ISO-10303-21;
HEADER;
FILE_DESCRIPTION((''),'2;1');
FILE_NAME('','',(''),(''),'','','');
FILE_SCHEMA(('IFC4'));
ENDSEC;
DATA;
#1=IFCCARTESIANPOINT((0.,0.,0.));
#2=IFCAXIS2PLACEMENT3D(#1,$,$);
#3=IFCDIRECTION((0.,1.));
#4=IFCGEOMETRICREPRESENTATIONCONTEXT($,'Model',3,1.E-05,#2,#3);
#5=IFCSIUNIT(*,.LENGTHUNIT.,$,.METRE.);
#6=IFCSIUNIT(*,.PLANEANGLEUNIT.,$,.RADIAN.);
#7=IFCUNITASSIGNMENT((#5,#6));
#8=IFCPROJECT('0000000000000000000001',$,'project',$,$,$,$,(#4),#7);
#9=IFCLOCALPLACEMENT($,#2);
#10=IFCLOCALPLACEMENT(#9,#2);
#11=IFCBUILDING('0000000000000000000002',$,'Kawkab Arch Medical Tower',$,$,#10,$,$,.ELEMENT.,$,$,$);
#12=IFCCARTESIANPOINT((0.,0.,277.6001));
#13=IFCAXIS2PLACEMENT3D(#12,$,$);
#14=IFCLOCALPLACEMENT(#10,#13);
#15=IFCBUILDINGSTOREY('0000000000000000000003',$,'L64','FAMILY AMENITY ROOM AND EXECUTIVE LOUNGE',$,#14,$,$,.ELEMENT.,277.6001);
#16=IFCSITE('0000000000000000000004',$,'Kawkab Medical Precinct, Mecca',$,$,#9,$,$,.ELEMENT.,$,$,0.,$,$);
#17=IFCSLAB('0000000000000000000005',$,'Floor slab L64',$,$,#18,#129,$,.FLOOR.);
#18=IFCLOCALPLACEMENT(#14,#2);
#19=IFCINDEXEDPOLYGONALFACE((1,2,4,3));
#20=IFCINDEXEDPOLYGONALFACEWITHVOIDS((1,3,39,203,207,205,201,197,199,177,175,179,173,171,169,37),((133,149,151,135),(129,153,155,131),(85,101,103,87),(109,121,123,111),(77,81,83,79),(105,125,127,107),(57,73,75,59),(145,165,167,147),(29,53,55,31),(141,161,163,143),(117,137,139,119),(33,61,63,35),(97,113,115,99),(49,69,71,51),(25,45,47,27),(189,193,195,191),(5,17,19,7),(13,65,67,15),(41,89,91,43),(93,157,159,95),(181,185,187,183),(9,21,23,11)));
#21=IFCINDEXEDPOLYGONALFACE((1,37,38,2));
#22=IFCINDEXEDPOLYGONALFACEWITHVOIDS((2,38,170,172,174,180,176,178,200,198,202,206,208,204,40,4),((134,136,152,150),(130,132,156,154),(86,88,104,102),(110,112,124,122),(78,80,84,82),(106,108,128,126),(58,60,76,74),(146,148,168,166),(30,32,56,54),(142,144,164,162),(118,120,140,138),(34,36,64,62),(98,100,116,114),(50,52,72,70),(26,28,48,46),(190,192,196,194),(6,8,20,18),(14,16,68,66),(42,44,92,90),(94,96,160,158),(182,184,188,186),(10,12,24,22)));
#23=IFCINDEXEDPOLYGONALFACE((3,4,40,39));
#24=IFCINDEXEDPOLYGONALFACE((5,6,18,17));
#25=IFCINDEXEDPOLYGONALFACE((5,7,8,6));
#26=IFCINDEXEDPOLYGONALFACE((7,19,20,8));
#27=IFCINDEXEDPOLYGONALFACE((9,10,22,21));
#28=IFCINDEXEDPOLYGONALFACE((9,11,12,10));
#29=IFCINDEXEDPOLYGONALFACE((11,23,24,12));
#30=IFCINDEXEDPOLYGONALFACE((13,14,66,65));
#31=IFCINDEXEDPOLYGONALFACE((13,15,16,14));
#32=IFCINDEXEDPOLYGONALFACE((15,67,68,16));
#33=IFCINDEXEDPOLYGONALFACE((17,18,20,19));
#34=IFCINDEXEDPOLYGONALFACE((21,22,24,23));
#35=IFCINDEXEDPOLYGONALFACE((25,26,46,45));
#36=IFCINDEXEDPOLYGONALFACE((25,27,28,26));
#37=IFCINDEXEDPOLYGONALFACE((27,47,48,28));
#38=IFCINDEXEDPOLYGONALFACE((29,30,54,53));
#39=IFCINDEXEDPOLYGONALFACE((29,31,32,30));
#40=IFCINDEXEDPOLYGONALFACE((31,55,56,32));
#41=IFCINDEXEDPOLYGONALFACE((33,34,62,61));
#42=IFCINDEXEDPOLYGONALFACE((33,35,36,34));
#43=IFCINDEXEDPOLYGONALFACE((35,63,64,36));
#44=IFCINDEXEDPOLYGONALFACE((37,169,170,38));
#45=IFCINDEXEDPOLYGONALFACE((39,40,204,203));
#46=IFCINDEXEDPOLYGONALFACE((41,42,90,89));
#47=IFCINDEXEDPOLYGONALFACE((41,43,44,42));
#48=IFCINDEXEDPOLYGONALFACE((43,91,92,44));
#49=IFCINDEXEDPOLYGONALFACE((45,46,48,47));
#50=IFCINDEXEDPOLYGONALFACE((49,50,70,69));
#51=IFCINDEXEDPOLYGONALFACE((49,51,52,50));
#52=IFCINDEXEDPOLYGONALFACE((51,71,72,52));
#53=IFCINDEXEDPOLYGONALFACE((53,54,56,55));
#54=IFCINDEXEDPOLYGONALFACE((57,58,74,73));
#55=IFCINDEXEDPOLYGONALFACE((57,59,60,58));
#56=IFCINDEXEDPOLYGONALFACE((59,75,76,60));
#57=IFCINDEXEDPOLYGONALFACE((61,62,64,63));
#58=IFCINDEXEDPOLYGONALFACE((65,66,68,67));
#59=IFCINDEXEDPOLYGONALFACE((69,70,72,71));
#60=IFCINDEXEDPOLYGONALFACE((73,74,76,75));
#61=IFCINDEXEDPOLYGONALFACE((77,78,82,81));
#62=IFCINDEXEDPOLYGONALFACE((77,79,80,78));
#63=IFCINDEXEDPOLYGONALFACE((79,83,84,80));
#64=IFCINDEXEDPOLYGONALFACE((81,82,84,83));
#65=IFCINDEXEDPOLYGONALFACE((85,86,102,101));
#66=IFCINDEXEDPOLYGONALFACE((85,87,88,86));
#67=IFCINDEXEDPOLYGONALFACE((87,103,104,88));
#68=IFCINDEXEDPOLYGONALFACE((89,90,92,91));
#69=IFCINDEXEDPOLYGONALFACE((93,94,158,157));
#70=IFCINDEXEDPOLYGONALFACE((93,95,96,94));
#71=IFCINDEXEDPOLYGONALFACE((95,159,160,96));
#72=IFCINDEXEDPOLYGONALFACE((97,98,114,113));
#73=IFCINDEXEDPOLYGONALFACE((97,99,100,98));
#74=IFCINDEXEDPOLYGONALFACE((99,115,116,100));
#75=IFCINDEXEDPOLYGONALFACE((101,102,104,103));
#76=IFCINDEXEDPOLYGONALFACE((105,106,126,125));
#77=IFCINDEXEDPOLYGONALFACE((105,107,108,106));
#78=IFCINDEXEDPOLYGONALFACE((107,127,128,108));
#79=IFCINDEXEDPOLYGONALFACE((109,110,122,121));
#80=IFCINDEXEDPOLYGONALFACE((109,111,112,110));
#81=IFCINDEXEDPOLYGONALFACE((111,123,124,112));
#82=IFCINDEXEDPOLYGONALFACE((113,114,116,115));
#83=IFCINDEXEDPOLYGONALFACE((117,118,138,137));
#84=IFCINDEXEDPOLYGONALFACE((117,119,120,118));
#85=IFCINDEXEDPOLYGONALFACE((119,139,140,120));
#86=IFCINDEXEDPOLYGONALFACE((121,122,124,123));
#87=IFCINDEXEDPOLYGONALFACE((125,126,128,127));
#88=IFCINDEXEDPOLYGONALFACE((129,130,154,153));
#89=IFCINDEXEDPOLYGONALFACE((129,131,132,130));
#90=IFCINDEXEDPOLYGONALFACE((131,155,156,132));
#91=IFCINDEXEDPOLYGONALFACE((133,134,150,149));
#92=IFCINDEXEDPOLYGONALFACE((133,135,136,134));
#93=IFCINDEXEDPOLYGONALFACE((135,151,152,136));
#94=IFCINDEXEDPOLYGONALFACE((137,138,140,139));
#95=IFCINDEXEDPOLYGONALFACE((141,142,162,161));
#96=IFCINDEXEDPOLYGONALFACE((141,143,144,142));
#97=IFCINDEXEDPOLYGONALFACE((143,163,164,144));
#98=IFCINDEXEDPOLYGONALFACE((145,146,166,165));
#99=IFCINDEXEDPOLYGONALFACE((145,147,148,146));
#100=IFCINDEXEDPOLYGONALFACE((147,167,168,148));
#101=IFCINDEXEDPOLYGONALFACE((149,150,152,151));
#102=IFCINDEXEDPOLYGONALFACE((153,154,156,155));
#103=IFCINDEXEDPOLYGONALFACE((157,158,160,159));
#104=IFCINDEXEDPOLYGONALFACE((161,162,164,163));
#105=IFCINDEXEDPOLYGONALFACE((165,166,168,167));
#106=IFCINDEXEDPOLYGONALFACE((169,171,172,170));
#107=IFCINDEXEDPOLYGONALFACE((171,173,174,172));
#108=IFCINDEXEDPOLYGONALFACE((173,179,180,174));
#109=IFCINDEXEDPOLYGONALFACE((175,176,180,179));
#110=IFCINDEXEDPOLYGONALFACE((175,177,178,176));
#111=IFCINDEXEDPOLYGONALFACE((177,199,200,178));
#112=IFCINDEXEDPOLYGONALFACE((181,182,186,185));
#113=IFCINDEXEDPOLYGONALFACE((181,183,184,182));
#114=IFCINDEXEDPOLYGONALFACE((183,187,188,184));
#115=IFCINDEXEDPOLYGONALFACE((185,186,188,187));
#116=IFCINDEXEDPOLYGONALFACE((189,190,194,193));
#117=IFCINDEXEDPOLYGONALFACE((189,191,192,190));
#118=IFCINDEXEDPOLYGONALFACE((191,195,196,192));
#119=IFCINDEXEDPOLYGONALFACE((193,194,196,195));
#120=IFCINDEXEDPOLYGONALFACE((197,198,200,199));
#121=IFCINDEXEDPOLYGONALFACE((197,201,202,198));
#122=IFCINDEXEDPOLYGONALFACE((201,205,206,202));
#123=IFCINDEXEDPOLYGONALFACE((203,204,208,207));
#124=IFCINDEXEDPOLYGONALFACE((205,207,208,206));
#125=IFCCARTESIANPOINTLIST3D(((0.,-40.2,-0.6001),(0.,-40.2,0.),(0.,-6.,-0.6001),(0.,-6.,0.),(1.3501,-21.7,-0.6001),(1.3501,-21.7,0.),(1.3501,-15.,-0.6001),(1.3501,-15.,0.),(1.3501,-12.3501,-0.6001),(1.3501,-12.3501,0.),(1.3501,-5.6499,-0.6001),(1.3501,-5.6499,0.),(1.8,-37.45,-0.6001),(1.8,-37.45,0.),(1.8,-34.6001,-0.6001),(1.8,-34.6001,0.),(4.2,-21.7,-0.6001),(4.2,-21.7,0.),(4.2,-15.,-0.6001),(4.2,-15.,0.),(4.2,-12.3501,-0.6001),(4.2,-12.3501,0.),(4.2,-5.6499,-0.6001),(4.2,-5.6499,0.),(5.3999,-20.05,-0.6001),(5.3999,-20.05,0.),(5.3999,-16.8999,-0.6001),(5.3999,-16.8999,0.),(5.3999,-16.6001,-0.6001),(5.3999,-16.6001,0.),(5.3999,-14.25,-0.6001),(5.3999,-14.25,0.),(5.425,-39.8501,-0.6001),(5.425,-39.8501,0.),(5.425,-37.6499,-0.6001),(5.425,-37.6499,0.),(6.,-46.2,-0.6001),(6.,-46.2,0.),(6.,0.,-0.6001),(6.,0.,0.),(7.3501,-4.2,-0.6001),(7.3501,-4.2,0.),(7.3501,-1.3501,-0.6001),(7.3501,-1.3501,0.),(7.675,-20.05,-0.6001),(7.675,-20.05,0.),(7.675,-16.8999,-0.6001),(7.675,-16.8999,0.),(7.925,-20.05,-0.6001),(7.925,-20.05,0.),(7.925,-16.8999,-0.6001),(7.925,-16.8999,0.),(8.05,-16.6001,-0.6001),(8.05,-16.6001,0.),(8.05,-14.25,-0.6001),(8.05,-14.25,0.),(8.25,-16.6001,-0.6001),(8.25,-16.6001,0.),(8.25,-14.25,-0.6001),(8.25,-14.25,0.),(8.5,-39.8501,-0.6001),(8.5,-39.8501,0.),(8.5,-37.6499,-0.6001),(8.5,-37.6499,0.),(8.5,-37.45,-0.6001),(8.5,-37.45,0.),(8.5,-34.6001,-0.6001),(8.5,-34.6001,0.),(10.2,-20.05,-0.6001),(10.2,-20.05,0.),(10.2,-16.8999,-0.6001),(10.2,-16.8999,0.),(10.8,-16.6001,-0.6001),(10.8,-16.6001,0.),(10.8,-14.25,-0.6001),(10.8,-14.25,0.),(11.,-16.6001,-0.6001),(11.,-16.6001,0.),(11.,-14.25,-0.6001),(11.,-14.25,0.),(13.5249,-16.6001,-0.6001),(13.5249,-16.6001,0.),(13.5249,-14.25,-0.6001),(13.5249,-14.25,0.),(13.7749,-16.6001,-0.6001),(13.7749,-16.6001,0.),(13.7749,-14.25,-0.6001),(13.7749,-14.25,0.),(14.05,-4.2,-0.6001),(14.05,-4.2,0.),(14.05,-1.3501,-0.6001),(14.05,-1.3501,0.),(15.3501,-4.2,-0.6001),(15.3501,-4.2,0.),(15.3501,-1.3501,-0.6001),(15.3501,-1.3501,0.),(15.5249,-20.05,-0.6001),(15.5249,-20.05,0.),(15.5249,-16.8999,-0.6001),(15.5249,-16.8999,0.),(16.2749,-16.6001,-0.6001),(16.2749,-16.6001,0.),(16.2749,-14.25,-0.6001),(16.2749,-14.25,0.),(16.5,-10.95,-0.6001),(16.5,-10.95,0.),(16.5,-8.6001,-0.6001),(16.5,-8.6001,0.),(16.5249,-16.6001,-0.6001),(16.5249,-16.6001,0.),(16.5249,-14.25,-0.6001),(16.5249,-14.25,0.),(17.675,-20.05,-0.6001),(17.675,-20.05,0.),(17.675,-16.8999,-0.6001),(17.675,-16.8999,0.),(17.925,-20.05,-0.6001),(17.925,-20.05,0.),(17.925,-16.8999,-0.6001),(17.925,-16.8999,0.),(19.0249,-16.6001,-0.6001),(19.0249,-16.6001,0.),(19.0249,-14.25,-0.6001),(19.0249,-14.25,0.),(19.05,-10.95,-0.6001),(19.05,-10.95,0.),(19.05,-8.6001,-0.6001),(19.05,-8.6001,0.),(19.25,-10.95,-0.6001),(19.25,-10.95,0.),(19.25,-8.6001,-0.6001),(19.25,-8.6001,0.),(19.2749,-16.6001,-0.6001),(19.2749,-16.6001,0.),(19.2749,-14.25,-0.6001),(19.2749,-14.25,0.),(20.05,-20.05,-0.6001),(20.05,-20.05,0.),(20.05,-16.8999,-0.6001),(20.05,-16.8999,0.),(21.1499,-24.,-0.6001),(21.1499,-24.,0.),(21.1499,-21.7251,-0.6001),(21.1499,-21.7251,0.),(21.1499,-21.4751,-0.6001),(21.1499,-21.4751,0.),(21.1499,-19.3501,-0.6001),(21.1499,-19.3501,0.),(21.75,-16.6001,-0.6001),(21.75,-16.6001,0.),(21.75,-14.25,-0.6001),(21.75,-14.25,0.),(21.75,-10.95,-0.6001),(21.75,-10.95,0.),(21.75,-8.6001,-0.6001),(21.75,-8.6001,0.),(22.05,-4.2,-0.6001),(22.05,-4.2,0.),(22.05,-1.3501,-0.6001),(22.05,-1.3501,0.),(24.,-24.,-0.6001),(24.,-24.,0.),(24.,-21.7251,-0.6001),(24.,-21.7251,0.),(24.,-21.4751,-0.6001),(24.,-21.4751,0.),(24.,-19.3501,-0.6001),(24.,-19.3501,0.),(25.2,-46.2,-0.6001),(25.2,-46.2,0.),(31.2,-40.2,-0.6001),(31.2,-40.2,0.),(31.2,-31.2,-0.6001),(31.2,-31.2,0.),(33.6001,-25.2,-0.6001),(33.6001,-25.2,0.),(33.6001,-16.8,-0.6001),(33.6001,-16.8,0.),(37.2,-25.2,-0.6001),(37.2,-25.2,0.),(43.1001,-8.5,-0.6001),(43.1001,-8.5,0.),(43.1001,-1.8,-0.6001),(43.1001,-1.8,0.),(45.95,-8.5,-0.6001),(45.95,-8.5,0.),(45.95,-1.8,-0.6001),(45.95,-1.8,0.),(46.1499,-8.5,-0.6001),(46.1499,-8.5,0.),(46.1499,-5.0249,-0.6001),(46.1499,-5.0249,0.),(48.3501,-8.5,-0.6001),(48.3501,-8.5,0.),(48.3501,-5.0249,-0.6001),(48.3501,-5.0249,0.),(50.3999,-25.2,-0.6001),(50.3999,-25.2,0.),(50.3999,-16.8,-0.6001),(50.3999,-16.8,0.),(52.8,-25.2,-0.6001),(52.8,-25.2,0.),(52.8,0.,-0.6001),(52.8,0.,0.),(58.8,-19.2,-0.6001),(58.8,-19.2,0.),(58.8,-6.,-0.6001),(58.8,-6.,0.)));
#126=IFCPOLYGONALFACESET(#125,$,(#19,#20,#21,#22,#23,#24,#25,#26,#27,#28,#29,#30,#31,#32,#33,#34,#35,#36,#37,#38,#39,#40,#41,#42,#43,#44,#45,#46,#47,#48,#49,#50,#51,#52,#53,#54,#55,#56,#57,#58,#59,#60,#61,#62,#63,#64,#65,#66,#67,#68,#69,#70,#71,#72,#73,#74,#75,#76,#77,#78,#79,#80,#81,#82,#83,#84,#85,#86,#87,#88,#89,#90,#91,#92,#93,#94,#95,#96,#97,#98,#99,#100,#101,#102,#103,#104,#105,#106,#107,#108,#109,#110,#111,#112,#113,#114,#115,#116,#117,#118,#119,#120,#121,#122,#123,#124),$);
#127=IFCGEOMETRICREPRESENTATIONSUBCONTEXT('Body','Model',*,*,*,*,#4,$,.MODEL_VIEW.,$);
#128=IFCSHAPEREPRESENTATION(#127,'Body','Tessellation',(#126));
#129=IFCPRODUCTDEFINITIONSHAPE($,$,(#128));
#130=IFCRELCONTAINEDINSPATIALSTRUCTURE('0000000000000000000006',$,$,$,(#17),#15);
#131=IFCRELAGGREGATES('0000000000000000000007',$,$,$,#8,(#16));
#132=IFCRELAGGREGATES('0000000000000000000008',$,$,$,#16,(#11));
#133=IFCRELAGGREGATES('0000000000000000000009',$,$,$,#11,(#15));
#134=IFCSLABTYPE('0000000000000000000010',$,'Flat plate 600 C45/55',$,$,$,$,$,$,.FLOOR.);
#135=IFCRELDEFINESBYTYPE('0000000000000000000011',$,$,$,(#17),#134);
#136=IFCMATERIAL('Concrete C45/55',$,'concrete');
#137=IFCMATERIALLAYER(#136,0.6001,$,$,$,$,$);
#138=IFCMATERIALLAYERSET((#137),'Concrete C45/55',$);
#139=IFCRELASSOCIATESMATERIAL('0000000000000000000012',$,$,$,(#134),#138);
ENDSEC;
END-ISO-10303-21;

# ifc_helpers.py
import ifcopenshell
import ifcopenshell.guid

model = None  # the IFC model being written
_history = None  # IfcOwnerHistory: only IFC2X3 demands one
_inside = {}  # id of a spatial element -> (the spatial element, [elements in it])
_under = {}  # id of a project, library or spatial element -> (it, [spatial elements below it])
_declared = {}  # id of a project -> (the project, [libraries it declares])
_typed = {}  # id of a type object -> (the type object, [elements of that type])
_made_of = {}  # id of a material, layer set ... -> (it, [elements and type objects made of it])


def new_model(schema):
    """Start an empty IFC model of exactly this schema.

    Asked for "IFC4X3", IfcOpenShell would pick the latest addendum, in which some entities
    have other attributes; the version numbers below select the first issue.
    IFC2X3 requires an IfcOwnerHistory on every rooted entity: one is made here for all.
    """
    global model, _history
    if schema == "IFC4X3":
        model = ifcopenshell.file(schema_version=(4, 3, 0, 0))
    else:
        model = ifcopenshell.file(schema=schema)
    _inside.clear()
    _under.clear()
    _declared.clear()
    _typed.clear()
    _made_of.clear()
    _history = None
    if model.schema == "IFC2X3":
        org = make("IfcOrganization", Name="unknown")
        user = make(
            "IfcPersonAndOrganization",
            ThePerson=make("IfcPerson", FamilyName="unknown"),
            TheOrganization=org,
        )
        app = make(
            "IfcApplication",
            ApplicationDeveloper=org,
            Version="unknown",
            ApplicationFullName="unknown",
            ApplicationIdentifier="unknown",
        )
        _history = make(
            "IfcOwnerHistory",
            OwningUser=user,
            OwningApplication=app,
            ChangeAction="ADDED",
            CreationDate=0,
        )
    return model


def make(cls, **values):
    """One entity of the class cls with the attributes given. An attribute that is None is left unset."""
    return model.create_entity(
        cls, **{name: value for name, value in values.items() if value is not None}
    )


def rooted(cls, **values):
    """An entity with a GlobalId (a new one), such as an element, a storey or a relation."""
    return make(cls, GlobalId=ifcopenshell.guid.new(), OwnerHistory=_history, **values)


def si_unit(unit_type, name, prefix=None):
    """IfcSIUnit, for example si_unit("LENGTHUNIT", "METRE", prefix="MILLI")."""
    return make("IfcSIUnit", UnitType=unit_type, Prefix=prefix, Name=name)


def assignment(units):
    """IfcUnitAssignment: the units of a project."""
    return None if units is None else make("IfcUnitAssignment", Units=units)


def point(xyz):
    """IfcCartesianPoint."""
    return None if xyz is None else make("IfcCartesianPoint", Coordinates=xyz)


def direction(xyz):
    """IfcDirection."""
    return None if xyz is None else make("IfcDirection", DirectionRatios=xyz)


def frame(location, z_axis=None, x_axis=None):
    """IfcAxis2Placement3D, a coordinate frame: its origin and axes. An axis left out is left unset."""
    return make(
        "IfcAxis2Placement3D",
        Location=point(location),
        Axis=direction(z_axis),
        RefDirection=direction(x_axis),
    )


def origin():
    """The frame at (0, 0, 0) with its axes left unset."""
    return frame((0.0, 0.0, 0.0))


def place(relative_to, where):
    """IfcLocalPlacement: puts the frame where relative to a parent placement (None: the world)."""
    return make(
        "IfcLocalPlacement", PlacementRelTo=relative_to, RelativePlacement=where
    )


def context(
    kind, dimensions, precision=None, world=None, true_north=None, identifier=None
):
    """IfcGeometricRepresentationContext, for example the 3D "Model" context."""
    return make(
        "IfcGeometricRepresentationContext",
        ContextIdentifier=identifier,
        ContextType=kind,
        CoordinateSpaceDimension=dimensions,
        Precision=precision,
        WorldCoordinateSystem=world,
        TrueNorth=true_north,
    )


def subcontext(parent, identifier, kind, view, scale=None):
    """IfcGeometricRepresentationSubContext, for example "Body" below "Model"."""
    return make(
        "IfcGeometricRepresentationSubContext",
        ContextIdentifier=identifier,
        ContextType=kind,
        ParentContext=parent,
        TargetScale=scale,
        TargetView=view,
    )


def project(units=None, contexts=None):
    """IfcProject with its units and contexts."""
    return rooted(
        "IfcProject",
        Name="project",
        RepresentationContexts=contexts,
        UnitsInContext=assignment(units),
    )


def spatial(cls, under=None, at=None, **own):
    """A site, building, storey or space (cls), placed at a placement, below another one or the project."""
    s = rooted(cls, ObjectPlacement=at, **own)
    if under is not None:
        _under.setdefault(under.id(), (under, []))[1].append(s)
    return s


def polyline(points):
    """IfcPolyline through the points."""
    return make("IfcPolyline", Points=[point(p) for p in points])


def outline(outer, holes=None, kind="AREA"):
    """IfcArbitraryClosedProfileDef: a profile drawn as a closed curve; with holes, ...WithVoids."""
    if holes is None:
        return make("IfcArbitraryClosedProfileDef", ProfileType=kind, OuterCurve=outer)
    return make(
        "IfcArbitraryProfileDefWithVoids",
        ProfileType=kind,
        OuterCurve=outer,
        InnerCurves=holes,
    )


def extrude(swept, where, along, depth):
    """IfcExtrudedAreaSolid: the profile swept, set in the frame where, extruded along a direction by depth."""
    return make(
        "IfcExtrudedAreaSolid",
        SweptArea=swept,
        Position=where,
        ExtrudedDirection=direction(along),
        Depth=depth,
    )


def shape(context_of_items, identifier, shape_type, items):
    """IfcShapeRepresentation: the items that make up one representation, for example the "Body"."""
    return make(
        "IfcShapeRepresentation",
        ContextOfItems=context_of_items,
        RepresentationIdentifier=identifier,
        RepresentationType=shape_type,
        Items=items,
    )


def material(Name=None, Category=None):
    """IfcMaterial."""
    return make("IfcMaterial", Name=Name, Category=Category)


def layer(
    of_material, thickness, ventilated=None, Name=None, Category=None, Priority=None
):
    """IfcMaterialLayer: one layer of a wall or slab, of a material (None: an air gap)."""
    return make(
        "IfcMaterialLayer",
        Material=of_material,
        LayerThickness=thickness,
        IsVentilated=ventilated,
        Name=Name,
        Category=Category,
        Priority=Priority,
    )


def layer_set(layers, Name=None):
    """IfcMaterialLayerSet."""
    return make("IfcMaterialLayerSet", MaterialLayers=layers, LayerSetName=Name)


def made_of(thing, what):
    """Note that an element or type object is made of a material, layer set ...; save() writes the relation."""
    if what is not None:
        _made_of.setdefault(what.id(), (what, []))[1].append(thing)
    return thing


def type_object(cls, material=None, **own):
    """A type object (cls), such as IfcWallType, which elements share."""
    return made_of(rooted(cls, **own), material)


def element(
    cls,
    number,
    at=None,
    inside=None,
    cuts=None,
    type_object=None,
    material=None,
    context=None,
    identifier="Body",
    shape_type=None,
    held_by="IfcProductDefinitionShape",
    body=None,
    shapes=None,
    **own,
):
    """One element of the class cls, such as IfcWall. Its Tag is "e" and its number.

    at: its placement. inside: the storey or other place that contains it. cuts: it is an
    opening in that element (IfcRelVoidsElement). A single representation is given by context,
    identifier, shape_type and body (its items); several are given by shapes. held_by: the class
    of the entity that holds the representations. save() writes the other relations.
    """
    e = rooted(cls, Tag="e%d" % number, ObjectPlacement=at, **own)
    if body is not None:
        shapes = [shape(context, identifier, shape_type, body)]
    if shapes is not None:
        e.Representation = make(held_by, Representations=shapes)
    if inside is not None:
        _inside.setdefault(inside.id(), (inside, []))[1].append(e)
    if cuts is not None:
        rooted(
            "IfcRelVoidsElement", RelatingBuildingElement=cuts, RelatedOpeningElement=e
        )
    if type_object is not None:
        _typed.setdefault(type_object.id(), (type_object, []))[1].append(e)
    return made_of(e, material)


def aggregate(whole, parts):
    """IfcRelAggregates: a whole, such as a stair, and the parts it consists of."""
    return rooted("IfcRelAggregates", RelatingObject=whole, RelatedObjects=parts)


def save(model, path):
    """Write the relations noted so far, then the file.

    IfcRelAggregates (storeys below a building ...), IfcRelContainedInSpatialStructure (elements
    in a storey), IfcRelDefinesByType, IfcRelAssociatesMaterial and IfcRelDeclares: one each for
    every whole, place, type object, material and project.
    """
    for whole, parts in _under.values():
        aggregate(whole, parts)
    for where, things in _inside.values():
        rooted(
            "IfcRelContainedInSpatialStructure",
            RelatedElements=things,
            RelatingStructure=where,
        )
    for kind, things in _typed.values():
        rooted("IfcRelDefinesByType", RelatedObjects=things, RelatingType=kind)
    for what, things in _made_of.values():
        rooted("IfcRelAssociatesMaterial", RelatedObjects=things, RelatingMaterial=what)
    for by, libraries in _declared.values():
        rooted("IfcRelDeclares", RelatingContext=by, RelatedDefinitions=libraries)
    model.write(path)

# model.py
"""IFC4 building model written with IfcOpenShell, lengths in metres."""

from ifc_helpers import new_model, si_unit, direction, frame, origin, place, context, subcontext, project, spatial, polyline, outline, extrude, material, layer, layer_set, type_object, element, save


model = new_model("IFC4")

# Units and contexts
model_context = context("Model", 3, precision=1e-05, world=origin(), true_north=direction((0.0, 1.0)))
body_context = subcontext(model_context, "Body", "Model", "MODEL_VIEW")
ifc_project = project(units=[si_unit("LENGTHUNIT", "METRE"), si_unit("PLANEANGLEUNIT", "RADIAN")], contexts=[model_context])

# Site, building, storey
site_placement = place(None, origin())
site = spatial("IfcSite", under=ifc_project, at=site_placement, Name="Kawkab Medical Precinct, Mecca", CompositionType="ELEMENT", RefElevation=0.0)
building_placement = place(site_placement, origin())
building = spatial("IfcBuilding", under=site, at=building_placement, Name="Kawkab Arch Medical Tower", CompositionType="ELEMENT")
storey_placement = place(building_placement, frame((0.0, 0.0, 277.6001)))
storey = spatial("IfcBuildingStorey", under=building, at=storey_placement, Name="L64", Description="FAMILY AMENITY ROOM AND EXECUTIVE LOUNGE", CompositionType="ELEMENT", Elevation=277.6001)

# Slab
ifc_material_1 = material(Name="Concrete C45/55", Category="concrete")
ifc_layer_1 = layer(ifc_material_1, 0.6001)
ifc_layer_set_1 = layer_set([ifc_layer_1], Name="Concrete C45/55")
slab_type_1 = type_object("IfcSlabType", Name="Flat plate 600 C45/55", PredefinedType="FLOOR", material=ifc_layer_set_1)
slab_1_placement = place(storey_placement, frame((0.0, 0.0, -0.6001)))
element("IfcSlab", 1, at=slab_1_placement, inside=storey, type_object=slab_type_1, Name="Floor slab L64", PredefinedType="FLOOR", context=body_context, shape_type="SweptSolid", body=[
    extrude(outline(polyline([(31.2, -40.2), (25.2, -46.2), (6.0, -46.2), (0.0, -40.2), (0.0, -6.0), (6.0, 0.0), (52.8, 0.0), (58.8, -6.0), (58.8, -19.2), (52.8, -25.2), (50.3999, -25.2), (50.3999, -16.8), (33.6001, -16.8), (33.6001, -25.2), (37.2, -25.2), (31.2, -31.2), (31.2, -40.2)]), holes=[polyline([(5.425, -37.6499), (5.425, -39.8501), (8.5, -39.8501), (8.5, -37.6499), (5.425, -37.6499)]), polyline([(8.5, -37.45), (8.5, -34.6001), (1.8, -34.6001), (1.8, -37.45), (8.5, -37.45)]), polyline([(5.3999, -20.05), (7.675, -20.05), (7.675, -16.8999), (5.3999, -16.8999), (5.3999, -20.05)]), polyline([(10.2, -20.05), (10.2, -16.8999), (7.925, -16.8999), (7.925, -20.05), (10.2, -20.05)]), polyline([(4.2, -21.7), (4.2, -15.0), (1.3501, -15.0), (1.3501, -21.7), (4.2, -21.7)]), polyline([(5.3999, -16.6001), (8.05, -16.6001), (8.05, -14.25), (5.3999, -14.25), (5.3999, -16.6001)]), polyline([(8.25, -16.6001), (10.8, -16.6001), (10.8, -14.25), (8.25, -14.25), (8.25, -16.6001)]), polyline([(11.0, -14.25), (11.0, -16.6001), (13.5249, -16.6001), (13.5249, -14.25), (11.0, -14.25)]), polyline([(13.7749, -16.6001), (16.2749, -16.6001), (16.2749, -14.25), (13.7749, -14.25), (13.7749, -16.6001)]), polyline([(4.2, -12.3501), (4.2, -5.6499), (1.3501, -5.6499), (1.3501, -12.3501), (4.2, -12.3501)]), polyline([(7.3501, -4.2), (14.05, -4.2), (14.05, -1.3501), (7.3501, -1.3501), (7.3501, -4.2)]), polyline([(24.0, -21.7251), (21.1499, -21.7251), (21.1499, -24.0), (24.0, -24.0), (24.0, -21.7251)]), polyline([(24.0, -19.3501), (21.1499, -19.3501), (21.1499, -21.4751), (24.0, -21.4751), (24.0, -19.3501)]), polyline([(17.675, -16.8999), (15.5249, -16.8999), (15.5249, -20.05), (17.675, -20.05), (17.675, -16.8999)]), polyline([(20.05, -20.05), (20.05, -16.8999), (17.925, -16.8999), (17.925, -20.05), (20.05, -20.05)]), polyline([(19.0249, -16.6001), (19.0249, -14.25), (16.5249, -14.25), (16.5249, -16.6001), (19.0249, -16.6001)]), polyline([(21.75, -16.6001), (21.75, -14.25), (19.2749, -14.25), (19.2749, -16.6001), (21.75, -16.6001)]), polyline([(19.05, -8.6001), (16.5, -8.6001), (16.5, -10.95), (19.05, -10.95), (19.05, -8.6001)]), polyline([(21.75, -10.95), (21.75, -8.6001), (19.25, -8.6001), (19.25, -10.95), (21.75, -10.95)]), polyline([(46.1499, -8.5), (48.3501, -8.5), (48.3501, -5.0249), (46.1499, -5.0249), (46.1499, -8.5)]), polyline([(43.1001, -1.8), (43.1001, -8.5), (45.95, -8.5), (45.95, -1.8), (43.1001, -1.8)]), polyline([(22.05, -1.3501), (15.3501, -1.3501), (15.3501, -4.2), (22.05, -4.2), (22.05, -1.3501)])]), origin(), (0.0, 0.0, 1.0), 0.6001),
])

save(model, "model.ifc")
